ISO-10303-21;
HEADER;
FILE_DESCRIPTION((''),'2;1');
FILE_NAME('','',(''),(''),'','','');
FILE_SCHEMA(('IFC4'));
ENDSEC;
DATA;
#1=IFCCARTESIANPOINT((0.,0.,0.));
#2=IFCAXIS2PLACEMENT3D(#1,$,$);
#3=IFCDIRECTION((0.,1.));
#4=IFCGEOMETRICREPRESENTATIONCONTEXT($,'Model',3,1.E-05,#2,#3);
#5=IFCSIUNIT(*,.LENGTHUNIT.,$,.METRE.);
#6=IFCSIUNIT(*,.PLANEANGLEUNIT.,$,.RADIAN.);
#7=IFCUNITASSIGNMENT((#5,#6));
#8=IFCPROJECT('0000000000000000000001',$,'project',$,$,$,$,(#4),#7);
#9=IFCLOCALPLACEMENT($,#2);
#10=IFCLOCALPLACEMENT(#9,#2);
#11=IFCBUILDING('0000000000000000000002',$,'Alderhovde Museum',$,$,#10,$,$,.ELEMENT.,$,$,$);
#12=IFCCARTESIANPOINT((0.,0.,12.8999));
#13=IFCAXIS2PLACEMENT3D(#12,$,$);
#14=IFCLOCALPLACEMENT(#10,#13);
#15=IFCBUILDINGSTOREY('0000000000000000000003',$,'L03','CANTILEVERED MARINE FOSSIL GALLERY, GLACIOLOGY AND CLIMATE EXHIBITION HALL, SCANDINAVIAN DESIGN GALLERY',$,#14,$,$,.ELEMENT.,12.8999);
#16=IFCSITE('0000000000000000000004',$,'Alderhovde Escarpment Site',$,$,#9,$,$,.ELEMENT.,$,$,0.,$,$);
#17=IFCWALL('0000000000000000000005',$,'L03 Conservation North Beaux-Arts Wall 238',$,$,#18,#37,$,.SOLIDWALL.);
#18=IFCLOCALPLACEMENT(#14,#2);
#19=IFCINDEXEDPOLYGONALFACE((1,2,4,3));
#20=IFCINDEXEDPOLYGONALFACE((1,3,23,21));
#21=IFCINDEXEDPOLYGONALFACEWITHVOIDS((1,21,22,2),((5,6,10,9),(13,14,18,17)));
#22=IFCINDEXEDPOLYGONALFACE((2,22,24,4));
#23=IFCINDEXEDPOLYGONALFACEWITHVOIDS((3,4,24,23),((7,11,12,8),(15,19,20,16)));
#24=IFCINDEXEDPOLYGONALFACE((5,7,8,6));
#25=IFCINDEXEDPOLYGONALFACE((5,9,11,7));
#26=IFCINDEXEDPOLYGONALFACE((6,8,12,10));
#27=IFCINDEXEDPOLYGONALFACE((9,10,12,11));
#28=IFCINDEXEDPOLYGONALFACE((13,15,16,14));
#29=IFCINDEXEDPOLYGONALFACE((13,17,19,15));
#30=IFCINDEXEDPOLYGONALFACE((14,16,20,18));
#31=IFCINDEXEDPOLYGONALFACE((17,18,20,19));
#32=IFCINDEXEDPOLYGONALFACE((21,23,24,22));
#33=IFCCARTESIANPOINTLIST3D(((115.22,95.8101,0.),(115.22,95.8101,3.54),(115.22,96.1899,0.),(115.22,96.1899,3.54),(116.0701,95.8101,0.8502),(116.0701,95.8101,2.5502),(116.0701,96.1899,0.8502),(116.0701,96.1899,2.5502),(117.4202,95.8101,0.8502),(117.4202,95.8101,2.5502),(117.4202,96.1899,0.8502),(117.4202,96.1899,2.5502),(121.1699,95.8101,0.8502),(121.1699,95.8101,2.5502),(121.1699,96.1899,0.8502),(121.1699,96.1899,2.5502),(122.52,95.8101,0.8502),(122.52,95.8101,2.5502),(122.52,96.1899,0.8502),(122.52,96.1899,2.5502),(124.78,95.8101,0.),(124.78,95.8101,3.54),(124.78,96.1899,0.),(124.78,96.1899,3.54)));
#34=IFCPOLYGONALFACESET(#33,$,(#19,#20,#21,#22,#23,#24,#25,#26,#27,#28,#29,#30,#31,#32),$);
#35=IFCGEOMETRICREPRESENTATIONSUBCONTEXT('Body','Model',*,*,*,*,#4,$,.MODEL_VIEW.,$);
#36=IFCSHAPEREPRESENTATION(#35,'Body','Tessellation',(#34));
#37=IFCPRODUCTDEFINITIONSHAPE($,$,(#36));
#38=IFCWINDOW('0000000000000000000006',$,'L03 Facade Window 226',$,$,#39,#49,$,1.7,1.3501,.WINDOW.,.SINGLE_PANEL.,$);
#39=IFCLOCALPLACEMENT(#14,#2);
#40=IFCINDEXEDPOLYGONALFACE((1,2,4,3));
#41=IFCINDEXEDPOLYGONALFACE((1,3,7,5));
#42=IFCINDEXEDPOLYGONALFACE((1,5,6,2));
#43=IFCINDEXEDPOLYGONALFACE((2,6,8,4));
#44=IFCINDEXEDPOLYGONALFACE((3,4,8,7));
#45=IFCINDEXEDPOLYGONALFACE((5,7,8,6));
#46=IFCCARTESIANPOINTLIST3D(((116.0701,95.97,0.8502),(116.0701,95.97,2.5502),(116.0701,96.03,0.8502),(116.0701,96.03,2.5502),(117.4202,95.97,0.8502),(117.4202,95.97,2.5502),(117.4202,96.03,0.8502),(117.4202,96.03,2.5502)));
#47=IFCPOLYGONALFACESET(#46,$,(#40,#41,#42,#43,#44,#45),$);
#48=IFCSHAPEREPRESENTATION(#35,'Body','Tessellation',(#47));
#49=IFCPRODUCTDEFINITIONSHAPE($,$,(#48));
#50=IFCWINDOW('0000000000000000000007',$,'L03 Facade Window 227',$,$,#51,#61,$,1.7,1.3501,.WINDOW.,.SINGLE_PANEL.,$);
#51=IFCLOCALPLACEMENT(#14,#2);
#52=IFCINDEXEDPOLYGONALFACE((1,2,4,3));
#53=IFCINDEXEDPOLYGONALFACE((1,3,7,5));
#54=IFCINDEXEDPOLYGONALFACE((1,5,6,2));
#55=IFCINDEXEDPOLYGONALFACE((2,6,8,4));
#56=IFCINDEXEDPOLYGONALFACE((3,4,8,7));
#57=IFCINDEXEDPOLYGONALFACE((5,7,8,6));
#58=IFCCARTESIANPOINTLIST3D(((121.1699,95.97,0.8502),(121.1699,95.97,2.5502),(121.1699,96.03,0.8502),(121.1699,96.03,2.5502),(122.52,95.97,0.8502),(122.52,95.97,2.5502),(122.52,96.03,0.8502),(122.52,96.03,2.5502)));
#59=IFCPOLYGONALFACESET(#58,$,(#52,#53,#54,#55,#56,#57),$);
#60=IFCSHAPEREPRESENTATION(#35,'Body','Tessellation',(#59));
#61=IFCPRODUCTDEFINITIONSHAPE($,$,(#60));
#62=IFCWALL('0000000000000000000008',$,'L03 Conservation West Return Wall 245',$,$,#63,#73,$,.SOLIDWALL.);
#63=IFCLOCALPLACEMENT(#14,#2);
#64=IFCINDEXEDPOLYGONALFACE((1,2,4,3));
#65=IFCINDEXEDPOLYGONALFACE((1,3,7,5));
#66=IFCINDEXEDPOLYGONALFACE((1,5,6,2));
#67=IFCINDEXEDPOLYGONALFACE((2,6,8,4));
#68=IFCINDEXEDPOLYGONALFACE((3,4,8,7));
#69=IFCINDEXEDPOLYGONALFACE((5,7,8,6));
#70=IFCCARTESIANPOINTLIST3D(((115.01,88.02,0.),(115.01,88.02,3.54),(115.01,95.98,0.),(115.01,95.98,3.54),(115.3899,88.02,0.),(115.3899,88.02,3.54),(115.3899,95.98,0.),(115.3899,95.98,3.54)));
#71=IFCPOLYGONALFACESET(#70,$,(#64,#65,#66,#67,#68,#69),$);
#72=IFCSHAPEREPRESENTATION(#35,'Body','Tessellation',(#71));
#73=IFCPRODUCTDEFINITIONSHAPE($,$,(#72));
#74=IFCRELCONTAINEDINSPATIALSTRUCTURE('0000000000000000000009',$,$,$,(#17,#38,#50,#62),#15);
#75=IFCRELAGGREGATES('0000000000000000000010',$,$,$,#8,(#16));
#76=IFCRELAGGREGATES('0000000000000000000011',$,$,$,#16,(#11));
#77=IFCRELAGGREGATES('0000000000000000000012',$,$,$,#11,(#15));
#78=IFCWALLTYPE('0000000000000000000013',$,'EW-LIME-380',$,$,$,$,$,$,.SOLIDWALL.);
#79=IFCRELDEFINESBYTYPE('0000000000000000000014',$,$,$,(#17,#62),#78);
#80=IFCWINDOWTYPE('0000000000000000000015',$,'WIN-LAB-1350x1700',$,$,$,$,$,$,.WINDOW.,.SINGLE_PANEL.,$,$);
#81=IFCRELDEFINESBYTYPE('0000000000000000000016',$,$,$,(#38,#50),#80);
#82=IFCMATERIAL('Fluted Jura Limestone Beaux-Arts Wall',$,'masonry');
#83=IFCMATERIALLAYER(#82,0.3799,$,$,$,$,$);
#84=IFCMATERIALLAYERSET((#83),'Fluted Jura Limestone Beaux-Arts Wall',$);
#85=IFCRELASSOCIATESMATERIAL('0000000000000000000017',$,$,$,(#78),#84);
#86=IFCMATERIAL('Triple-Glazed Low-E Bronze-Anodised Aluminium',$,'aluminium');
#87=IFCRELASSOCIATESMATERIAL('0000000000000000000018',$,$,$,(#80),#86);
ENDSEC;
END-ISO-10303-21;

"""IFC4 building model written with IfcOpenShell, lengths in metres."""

from ifc_helpers import new_model, si_unit, direction, frame, frame_2d, origin, place, context, subcontext, project, spatial, rectangle, extrude, material, layer, layer_set, type_object, element, fill, save


model = new_model("IFC4")

# Units and contexts
model_context = context("Model", 3, precision=1e-05, world=origin(), true_north=direction((0.0, 1.0)))
body_context = subcontext(model_context, "Body", "Model", "MODEL_VIEW")
ifc_project = project(units=[si_unit("LENGTHUNIT", "METRE"), si_unit("PLANEANGLEUNIT", "RADIAN")], contexts=[model_context])

# Site, building, storey
site_placement = place(None, origin())
site = spatial("IfcSite", under=ifc_project, at=site_placement, Name="Alderhovde Escarpment Site", CompositionType="ELEMENT", RefElevation=0.0)
building_placement = place(site_placement, origin())
building = spatial("IfcBuilding", under=site, at=building_placement, Name="Alderhovde Museum", CompositionType="ELEMENT")
storey_placement = place(building_placement, frame((0.0, 0.0, 12.8999)))
storey = spatial("IfcBuildingStorey", under=building, at=storey_placement, Name="L03", Description="CANTILEVERED MARINE FOSSIL GALLERY, GLACIOLOGY AND CLIMATE EXHIBITION HALL, SCANDINAVIAN DESIGN GALLERY", CompositionType="ELEMENT", Elevation=12.8999)

# Wall, openings, windows
ifc_material_1 = material(Name="Fluted Jura Limestone Beaux-Arts Wall", Category="masonry")
ifc_layer_1 = layer(ifc_material_1, 0.3799)
ifc_layer_set_1 = layer_set([ifc_layer_1], Name="Fluted Jura Limestone Beaux-Arts Wall")
wall_type = type_object("IfcWallType", Name="EW-LIME-380", PredefinedType="SOLIDWALL", material=ifc_layer_set_1)
wall_1_placement = place(storey_placement, frame((115.22, 96.0, 0.0), z_axis=(0.0, 0.0, 1.0), x_axis=(1.0, 0.0, 0.0)))
wall_1 = element("IfcWall", 1, at=wall_1_placement, inside=storey, type_object=wall_type, Name="L03 Conservation North Beaux-Arts Wall 238", PredefinedType="SOLIDWALL", context=body_context, shape_type="SweptSolid", body=[
    extrude(rectangle(XDim=9.5601, YDim=0.3799, at=frame_2d((4.78, 0.0))), origin(), (0.0, 0.0, 1.0), 3.54),
])
opening_1_placement = place(wall_1_placement, frame((0.8501, 0.0, 0.8501)))
opening_1 = element("IfcOpeningElement", 2, at=opening_1_placement, cuts=wall_1, PredefinedType="OPENING", context=body_context, shape_type="SweptSolid", body=[
    extrude(rectangle(XDim=1.3501, YDim=1.7, at=frame_2d((0.675, 0.8501))), frame((0.0, 0.2, 0.0), z_axis=(0.0, -1.0, 0.0), x_axis=(1.0, 0.0, 0.0)), (0.0, 0.0, 1.0), 0.3999),
])
opening_2_placement = place(wall_1_placement, frame((5.95, 0.0, 0.8501)))
opening_2 = element("IfcOpeningElement", 3, at=opening_2_placement, cuts=wall_1, PredefinedType="OPENING", context=body_context, shape_type="SweptSolid", body=[
    extrude(rectangle(XDim=1.3501, YDim=1.7, at=frame_2d((0.675, 0.8501))), frame((0.0, 0.2, 0.0), z_axis=(0.0, -1.0, 0.0), x_axis=(1.0, 0.0, 0.0)), (0.0, 0.0, 1.0), 0.3999),
])
ifc_material_2 = material(Name="Triple-Glazed Low-E Bronze-Anodised Aluminium", Category="aluminium")
window_type = type_object("IfcWindowType", Name="WIN-LAB-1350x1700", PartitioningType="SINGLE_PANEL", PredefinedType="WINDOW", material=ifc_material_2)
window_1_placement = place(opening_1_placement, origin())
window_1 = element("IfcWindow", 4, at=window_1_placement, inside=storey, type_object=window_type, Name="L03 Facade Window 226", OverallHeight=1.7, OverallWidth=1.3501, PartitioningType="SINGLE_PANEL", PredefinedType="WINDOW", context=body_context, shape_type="SweptSolid", body=[
    extrude(rectangle(XDim=1.3501, YDim=1.7, at=frame_2d((0.675, 0.8501))), frame((0.0, 0.03, 0.0), z_axis=(0.0, -1.0, 0.0), x_axis=(1.0, 0.0, 0.0)), (0.0, 0.0, 1.0), 0.0601),
])
fill(opening_1, window_1)
window_2_placement = place(opening_2_placement, origin())
window_2 = element("IfcWindow", 5, at=window_2_placement, inside=storey, type_object=window_type, Name="L03 Facade Window 227", OverallHeight=1.7, OverallWidth=1.3501, PartitioningType="SINGLE_PANEL", PredefinedType="WINDOW", context=body_context, shape_type="SweptSolid", body=[
    extrude(rectangle(XDim=1.3501, YDim=1.7, at=frame_2d((0.675, 0.8501))), frame((0.0, 0.03, 0.0), z_axis=(0.0, -1.0, 0.0), x_axis=(1.0, 0.0, 0.0)), (0.0, 0.0, 1.0), 0.0601),
])
fill(opening_2, window_2)

# Wall
wall_2_placement = place(storey_placement, frame((115.2, 88.02, 0.0), z_axis=(0.0, 0.0, 1.0), x_axis=(0.0, 1.0, 0.0)))
element("IfcWall", 6, at=wall_2_placement, inside=storey, type_object=wall_type, Name="L03 Conservation West Return Wall 245", PredefinedType="SOLIDWALL", context=body_context, shape_type="SweptSolid", body=[
    extrude(rectangle(XDim=7.96, YDim=0.3799, at=frame_2d((3.98, 0.0))), origin(), (0.0, 0.0, 1.0), 3.54),
])

save(model, "model.ifc")
